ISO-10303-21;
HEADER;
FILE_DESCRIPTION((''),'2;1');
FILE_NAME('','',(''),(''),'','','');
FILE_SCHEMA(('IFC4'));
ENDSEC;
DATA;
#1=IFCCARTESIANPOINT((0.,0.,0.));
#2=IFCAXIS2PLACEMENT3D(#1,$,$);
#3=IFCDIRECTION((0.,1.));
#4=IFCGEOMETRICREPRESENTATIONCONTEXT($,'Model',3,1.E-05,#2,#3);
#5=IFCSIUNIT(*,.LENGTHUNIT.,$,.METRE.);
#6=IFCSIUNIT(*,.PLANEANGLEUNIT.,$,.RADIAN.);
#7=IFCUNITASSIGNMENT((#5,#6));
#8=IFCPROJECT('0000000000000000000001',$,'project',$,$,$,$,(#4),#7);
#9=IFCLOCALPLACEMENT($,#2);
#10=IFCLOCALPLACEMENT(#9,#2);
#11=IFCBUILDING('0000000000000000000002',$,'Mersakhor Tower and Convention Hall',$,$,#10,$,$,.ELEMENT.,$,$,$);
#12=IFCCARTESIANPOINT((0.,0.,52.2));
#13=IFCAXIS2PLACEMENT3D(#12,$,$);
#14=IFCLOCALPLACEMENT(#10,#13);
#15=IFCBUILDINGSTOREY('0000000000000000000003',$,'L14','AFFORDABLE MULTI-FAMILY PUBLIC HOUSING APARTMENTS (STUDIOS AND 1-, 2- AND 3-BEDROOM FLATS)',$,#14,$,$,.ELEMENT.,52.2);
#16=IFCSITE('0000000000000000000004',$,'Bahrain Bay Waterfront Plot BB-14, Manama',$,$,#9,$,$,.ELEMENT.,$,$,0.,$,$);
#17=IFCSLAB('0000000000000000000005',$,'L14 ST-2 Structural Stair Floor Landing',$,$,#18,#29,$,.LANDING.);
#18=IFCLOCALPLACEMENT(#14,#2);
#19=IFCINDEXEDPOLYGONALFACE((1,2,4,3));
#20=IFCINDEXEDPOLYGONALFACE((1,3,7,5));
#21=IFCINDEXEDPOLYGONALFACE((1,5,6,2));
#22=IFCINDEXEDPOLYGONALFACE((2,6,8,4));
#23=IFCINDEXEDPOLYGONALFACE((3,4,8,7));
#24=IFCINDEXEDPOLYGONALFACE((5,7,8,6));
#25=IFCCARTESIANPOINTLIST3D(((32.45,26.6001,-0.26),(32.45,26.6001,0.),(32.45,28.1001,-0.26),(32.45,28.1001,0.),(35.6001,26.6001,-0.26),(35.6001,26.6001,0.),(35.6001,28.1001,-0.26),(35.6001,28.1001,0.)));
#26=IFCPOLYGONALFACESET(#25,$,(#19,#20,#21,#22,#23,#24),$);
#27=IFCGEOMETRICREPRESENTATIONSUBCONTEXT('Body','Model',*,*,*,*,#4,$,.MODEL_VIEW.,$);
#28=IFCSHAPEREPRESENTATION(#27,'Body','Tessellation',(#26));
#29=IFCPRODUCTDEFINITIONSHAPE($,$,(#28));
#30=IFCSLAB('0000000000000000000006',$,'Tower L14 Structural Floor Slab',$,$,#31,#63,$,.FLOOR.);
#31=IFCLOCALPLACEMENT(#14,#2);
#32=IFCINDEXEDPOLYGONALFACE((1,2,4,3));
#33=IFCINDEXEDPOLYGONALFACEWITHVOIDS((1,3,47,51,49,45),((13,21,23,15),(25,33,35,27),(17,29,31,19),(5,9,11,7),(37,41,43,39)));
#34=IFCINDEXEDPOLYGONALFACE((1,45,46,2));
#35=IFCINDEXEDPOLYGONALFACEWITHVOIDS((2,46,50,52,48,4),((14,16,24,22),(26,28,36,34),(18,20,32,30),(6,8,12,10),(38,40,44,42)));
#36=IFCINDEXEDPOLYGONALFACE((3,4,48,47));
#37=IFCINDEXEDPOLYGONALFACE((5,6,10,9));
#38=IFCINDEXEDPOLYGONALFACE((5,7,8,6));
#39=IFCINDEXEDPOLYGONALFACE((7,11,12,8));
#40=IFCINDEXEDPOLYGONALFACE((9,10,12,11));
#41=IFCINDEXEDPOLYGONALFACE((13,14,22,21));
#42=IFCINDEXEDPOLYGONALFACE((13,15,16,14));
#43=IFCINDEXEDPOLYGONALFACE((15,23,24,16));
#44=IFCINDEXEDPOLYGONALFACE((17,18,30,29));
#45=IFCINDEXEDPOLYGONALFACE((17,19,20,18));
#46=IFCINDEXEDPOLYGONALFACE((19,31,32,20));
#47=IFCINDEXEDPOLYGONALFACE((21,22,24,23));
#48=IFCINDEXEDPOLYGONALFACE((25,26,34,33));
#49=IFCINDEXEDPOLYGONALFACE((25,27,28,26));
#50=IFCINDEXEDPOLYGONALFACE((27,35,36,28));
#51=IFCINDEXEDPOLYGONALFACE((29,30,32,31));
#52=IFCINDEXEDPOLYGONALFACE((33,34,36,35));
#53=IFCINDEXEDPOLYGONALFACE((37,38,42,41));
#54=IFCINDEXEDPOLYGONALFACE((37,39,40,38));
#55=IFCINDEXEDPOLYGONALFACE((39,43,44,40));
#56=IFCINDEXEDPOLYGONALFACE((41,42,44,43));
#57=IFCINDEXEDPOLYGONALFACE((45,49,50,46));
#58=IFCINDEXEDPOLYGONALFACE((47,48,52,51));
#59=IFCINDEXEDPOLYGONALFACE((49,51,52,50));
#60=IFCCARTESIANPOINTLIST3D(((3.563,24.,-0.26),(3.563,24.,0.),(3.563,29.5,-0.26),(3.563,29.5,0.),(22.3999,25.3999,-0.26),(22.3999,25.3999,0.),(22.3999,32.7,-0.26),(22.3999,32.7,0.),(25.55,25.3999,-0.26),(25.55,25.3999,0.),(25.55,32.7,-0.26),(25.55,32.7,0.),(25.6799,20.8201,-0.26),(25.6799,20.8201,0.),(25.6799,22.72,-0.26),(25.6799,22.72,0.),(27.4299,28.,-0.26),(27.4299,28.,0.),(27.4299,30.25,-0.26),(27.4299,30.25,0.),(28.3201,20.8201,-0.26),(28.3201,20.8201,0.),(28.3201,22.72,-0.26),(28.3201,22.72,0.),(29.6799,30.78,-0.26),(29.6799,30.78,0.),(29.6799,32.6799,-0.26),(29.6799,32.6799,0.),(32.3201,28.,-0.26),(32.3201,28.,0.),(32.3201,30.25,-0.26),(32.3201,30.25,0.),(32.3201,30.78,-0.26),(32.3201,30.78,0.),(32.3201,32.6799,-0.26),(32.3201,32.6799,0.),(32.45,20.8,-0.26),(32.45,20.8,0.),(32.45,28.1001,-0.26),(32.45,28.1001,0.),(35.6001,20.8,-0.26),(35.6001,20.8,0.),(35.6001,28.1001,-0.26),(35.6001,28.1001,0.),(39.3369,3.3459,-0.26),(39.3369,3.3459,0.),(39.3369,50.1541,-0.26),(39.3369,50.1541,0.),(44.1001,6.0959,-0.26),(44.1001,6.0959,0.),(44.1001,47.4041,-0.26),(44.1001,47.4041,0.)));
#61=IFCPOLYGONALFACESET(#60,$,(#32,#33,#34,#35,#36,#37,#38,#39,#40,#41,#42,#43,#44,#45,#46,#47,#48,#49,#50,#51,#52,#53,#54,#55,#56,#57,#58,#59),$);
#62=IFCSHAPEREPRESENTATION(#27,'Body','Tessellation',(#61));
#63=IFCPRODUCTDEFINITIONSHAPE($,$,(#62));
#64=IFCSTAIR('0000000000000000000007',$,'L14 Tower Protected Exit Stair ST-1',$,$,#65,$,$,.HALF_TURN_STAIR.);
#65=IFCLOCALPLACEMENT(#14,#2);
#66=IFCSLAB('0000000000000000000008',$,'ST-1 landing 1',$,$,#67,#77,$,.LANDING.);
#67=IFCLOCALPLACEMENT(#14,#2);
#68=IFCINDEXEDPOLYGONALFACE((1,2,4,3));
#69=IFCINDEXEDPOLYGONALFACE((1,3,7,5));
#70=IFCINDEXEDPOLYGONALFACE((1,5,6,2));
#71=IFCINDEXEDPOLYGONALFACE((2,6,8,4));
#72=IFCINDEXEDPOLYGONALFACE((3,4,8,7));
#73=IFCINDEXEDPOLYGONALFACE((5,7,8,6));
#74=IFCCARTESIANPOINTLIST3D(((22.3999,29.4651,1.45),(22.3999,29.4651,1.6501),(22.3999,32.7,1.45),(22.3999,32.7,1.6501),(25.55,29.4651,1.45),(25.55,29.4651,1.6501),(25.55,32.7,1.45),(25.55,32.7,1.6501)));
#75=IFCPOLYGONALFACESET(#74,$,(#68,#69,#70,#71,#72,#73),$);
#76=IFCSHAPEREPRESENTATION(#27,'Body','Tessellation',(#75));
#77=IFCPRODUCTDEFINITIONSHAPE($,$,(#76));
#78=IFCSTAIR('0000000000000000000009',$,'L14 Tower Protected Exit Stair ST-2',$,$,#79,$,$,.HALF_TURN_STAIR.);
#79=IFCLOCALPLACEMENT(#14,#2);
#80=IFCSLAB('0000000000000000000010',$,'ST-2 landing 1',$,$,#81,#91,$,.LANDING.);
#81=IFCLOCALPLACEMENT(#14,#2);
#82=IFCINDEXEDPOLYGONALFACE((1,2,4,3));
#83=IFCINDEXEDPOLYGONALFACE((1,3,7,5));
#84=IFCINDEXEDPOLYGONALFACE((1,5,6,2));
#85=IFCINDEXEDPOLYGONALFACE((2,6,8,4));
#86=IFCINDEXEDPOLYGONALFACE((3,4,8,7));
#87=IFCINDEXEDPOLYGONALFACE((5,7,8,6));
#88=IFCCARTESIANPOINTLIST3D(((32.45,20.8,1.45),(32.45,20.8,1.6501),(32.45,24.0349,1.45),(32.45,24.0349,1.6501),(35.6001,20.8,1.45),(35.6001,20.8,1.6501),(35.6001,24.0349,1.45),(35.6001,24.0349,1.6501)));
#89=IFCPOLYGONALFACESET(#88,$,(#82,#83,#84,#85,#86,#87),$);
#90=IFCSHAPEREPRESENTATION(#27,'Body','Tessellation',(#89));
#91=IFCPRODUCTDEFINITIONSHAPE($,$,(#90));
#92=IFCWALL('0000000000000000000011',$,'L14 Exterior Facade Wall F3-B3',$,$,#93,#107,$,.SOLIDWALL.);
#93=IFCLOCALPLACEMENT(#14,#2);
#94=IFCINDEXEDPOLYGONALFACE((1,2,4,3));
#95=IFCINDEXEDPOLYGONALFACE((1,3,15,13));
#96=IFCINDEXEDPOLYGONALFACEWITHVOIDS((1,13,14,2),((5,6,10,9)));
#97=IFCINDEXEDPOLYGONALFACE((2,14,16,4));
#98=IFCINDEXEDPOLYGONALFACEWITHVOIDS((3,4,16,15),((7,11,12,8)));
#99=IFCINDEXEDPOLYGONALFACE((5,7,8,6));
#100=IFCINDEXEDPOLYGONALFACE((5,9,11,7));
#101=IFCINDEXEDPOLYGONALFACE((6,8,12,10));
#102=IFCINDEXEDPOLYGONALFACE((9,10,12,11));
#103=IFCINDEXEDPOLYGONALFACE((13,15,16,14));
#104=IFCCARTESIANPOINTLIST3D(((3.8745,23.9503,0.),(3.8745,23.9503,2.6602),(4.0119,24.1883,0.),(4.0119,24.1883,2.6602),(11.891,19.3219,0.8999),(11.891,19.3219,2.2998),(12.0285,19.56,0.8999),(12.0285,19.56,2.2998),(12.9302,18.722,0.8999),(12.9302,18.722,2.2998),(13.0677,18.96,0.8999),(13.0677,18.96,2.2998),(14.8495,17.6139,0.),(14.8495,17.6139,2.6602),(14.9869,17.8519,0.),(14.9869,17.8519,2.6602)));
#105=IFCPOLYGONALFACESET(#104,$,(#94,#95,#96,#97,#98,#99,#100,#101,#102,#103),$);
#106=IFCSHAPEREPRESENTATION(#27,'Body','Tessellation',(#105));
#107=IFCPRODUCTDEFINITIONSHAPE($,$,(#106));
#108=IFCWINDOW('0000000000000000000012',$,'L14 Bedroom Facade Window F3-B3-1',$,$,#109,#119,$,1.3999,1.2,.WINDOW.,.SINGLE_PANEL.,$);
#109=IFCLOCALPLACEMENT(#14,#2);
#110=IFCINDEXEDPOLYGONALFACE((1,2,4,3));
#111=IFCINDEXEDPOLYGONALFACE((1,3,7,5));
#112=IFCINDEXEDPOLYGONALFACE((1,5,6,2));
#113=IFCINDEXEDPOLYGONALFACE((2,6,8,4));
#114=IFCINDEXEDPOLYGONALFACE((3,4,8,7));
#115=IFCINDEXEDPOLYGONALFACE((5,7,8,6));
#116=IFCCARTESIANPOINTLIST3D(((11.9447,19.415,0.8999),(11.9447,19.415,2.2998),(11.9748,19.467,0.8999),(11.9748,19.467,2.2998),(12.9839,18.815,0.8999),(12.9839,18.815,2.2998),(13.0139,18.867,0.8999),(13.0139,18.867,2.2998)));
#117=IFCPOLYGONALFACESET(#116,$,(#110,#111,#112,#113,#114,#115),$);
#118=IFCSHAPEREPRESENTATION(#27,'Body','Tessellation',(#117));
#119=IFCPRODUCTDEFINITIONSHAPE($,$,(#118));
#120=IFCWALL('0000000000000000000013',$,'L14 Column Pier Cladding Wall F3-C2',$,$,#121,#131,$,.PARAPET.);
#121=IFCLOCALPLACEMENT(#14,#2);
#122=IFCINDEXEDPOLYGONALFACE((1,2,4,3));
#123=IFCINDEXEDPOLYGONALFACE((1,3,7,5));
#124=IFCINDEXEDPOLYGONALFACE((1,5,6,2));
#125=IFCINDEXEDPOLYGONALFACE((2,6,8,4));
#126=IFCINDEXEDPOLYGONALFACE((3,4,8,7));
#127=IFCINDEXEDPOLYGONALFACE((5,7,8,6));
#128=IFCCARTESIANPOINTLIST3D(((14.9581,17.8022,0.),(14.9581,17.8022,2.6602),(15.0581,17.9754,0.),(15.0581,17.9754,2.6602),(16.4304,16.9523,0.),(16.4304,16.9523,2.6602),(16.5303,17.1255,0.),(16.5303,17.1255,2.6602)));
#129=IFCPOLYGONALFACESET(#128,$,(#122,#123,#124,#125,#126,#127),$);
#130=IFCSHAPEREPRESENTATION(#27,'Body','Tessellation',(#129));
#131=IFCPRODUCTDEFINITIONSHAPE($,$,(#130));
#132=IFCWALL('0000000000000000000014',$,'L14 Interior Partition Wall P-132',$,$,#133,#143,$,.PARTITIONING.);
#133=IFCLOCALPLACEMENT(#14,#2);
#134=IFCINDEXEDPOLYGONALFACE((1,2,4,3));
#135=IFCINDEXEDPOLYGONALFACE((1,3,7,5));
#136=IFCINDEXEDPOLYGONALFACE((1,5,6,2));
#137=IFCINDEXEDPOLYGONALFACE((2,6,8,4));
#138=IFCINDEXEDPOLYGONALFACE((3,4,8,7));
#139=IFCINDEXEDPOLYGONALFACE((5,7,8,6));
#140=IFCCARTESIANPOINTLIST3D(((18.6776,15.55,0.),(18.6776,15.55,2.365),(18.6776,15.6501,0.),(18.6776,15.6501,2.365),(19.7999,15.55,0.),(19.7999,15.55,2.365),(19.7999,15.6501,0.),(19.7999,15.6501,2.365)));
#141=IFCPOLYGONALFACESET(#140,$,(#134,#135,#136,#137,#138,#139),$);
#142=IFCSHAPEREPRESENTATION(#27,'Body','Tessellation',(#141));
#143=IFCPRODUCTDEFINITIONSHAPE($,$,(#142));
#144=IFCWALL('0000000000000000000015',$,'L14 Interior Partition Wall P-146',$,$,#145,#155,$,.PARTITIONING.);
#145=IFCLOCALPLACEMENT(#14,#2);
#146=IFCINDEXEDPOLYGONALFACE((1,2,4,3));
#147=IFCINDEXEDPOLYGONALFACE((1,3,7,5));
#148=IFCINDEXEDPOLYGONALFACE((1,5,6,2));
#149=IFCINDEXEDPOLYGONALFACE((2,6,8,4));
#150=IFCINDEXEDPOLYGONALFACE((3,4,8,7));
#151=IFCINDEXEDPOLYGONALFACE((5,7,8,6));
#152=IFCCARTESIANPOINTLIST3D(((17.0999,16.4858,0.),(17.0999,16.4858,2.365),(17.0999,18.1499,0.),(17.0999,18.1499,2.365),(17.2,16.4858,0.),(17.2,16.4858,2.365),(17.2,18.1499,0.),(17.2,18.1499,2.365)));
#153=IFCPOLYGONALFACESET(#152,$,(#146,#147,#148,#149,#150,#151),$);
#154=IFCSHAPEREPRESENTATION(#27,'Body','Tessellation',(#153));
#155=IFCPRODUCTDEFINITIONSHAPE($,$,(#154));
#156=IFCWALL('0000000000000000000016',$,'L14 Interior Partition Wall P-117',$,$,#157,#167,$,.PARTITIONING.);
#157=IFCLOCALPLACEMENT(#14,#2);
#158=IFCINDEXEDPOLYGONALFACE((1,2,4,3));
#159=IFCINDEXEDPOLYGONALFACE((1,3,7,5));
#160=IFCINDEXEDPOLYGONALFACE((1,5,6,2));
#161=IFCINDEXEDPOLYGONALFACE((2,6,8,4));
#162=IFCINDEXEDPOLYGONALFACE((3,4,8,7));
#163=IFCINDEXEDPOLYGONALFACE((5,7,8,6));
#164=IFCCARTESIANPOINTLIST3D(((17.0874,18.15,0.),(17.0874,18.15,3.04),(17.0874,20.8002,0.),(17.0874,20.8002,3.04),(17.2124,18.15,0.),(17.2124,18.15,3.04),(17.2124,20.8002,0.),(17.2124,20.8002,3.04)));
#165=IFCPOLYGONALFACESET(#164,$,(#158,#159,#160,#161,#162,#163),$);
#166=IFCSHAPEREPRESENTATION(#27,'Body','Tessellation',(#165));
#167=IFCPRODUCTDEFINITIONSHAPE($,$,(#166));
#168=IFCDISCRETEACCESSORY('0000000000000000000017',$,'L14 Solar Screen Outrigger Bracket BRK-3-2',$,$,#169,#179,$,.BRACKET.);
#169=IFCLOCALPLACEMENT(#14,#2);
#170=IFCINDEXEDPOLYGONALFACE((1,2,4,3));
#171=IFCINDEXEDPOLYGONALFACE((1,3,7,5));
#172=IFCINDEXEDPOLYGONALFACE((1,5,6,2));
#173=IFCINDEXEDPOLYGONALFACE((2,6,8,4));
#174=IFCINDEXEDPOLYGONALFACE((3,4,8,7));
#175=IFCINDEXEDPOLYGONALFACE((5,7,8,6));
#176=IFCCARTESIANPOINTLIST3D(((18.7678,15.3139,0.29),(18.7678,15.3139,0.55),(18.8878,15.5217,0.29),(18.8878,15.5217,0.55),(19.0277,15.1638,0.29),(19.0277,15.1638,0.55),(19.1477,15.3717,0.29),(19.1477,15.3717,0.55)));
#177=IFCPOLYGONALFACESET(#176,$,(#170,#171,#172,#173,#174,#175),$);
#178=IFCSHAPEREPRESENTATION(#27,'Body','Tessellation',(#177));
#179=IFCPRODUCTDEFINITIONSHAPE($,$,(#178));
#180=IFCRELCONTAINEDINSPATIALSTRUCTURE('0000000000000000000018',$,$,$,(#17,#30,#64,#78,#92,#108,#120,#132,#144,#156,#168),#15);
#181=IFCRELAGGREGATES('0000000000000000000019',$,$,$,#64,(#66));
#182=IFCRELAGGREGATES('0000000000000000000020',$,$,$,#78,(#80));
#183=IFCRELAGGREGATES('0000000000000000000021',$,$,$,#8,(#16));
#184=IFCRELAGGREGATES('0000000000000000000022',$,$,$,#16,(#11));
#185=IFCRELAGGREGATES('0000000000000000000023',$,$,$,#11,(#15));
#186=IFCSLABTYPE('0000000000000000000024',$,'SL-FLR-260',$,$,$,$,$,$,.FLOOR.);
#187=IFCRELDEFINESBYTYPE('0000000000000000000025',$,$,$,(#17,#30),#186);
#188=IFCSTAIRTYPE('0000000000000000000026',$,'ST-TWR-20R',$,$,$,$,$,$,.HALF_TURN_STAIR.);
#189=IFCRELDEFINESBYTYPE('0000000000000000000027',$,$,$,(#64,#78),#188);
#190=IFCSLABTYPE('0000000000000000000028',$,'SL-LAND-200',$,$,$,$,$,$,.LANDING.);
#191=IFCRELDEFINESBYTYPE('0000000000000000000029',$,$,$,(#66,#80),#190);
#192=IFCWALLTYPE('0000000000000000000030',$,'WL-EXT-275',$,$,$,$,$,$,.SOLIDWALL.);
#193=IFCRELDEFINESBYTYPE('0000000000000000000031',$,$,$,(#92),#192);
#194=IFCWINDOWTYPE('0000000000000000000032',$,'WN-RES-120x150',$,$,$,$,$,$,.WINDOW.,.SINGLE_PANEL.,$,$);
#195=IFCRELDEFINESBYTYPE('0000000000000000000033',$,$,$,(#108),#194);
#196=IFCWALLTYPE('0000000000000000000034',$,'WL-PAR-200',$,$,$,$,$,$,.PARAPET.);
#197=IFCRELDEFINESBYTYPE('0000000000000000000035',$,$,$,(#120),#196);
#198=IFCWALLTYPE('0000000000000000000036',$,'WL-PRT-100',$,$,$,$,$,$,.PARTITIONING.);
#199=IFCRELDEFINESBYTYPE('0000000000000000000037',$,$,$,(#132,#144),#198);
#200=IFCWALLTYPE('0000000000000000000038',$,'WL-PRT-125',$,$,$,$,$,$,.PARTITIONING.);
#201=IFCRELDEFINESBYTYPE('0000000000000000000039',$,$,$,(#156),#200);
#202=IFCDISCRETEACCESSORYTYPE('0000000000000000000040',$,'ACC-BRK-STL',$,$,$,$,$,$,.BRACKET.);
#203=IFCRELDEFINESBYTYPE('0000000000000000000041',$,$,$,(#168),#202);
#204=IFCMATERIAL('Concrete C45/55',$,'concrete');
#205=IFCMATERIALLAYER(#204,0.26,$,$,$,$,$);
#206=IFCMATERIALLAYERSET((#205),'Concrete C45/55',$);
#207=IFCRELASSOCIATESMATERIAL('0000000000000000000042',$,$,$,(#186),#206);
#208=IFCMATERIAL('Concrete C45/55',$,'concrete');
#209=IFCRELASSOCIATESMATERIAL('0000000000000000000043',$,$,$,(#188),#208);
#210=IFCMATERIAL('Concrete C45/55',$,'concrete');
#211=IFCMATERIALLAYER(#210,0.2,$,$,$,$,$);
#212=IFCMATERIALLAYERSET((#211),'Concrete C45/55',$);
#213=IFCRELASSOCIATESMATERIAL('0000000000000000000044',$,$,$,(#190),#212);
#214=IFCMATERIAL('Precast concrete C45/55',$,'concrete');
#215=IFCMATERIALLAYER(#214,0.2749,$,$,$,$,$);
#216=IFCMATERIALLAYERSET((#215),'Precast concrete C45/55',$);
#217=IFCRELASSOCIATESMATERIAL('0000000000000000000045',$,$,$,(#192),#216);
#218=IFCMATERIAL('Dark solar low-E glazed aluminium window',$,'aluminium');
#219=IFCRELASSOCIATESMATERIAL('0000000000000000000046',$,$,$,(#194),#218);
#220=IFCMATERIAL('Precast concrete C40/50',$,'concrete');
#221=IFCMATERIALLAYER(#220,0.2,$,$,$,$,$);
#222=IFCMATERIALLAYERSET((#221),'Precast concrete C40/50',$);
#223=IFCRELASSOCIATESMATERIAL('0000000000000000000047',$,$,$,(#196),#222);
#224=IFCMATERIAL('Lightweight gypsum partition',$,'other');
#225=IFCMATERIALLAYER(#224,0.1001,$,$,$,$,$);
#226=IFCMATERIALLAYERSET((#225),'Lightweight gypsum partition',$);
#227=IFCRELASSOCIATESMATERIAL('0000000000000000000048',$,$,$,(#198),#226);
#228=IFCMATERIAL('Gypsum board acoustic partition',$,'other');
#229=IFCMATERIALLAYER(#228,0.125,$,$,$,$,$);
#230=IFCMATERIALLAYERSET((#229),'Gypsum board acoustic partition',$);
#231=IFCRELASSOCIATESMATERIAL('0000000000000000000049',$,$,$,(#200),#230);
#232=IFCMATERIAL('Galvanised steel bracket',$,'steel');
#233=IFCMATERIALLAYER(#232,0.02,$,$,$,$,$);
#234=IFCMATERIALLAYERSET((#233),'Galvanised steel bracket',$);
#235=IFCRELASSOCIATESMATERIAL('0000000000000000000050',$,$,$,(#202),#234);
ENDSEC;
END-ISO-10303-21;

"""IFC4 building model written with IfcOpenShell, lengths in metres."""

from ifc_helpers import new_model, si_unit, direction, frame, frame_2d, origin, origin_2d, place, context, subcontext, project, spatial, polyline, rectangle, outline, extrude, material, layer, layer_set, type_object, element, fill, aggregate, save


model = new_model("IFC4")

# Units and contexts
model_context = context("Model", 3, precision=1e-05, world=origin(), true_north=direction((0.0, 1.0)))
body_context = subcontext(model_context, "Body", "Model", "MODEL_VIEW")
ifc_project = project(units=[si_unit("LENGTHUNIT", "METRE"), si_unit("PLANEANGLEUNIT", "RADIAN")], contexts=[model_context])

# Site, building, storey
site_placement = place(None, origin())
site = spatial("IfcSite", under=ifc_project, at=site_placement, Name="Bahrain Bay Waterfront Plot BB-14, Manama", CompositionType="ELEMENT", RefElevation=0.0)
building_placement = place(site_placement, origin())
building = spatial("IfcBuilding", under=site, at=building_placement, Name="Mersakhor Tower and Convention Hall", CompositionType="ELEMENT")
storey_placement = place(building_placement, frame((0.0, 0.0, 52.2)))
storey = spatial("IfcBuildingStorey", under=building, at=storey_placement, Name="L14", Description="AFFORDABLE MULTI-FAMILY PUBLIC HOUSING APARTMENTS (STUDIOS AND 1-, 2- AND 3-BEDROOM FLATS)", CompositionType="ELEMENT", Elevation=52.2)

# Slabs
ifc_material_1 = material(Name="Concrete C45/55", Category="concrete")
ifc_layer_1 = layer(ifc_material_1, 0.26)
ifc_layer_set_1 = layer_set([ifc_layer_1], Name="Concrete C45/55")
slab_type_1 = type_object("IfcSlabType", Name="SL-FLR-260", PredefinedType="FLOOR", material=ifc_layer_set_1)
slab_1_placement = place(storey_placement, frame((0.0, 0.0, -0.26)))
element("IfcSlab", 1, at=slab_1_placement, inside=storey, type_object=slab_type_1, Name="L14 ST-2 Structural Stair Floor Landing", PredefinedType="LANDING", context=body_context, shape_type="SweptSolid", body=[
    extrude(outline(polyline([(32.45, 28.1001), (32.45, 26.6001), (35.6001, 26.6001), (35.6001, 28.1001), (32.45, 28.1001)])), origin(), (0.0, 0.0, 1.0), 0.26),
])
slab_2_placement = place(storey_placement, frame((0.0, 0.0, -0.26)))
element("IfcSlab", 2, at=slab_2_placement, inside=storey, type_object=slab_type_1, Name="Tower L14 Structural Floor Slab", PredefinedType="FLOOR", context=body_context, shape_type="SweptSolid", body=[
    extrude(outline(polyline([(3.563, 29.5), (39.3369, 50.1541), (44.1001, 47.4041), (44.1001, 6.0959), (39.3369, 3.3459), (3.563, 24.0), (3.563, 29.5)]), holes=[polyline([(25.55, 25.3999), (25.55, 32.7), (22.3999, 32.7), (22.3999, 25.3999), (25.55, 25.3999)]), polyline([(32.45, 28.1001), (32.45, 20.8), (35.6001, 20.8), (35.6001, 28.1001), (32.45, 28.1001)]), polyline([(25.6799, 20.8201), (25.6799, 22.72), (28.3201, 22.72), (28.3201, 20.8201), (25.6799, 20.8201)]), polyline([(29.6799, 30.78), (29.6799, 32.6799), (32.3201, 32.6799), (32.3201, 30.78), (29.6799, 30.78)]), polyline([(27.4299, 28.0), (27.4299, 30.25), (32.3201, 30.25), (32.3201, 28.0), (27.4299, 28.0)])]), origin(), (0.0, 0.0, 1.0), 0.26),
])

# Stairs, slabs
ifc_material_2 = material(Name="Concrete C45/55", Category="concrete")
stair_type = type_object("IfcStairType", Name="ST-TWR-20R", PredefinedType="HALF_TURN_STAIR", material=ifc_material_2)
stair_1_placement = place(storey_placement, origin())
stair_1 = element("IfcStair", 3, at=stair_1_placement, inside=storey, type_object=stair_type, Name="L14 Tower Protected Exit Stair ST-1", PredefinedType="HALF_TURN_STAIR")
ifc_material_3 = material(Name="Concrete C45/55", Category="concrete")
ifc_layer_2 = layer(ifc_material_3, 0.2)
ifc_layer_set_2 = layer_set([ifc_layer_2], Name="Concrete C45/55")
slab_type_2 = type_object("IfcSlabType", Name="SL-LAND-200", PredefinedType="LANDING", material=ifc_layer_set_2)
slab_3_placement = place(storey_placement, frame((0.0, 0.0, 1.45)))
slab_3 = element("IfcSlab", 4, at=slab_3_placement, type_object=slab_type_2, Name="ST-1 landing 1", PredefinedType="LANDING", context=body_context, shape_type="SweptSolid", body=[
    extrude(outline(polyline([(25.55, 29.4651), (25.55, 32.7), (22.3999, 32.7), (22.3999, 29.4651), (25.55, 29.4651)])), origin(), (0.0, 0.0, 1.0), 0.2002),
])
aggregate(stair_1, [slab_3])
stair_2_placement = place(storey_placement, origin())
stair_2 = element("IfcStair", 5, at=stair_2_placement, inside=storey, type_object=stair_type, Name="L14 Tower Protected Exit Stair ST-2", PredefinedType="HALF_TURN_STAIR")
slab_4_placement = place(storey_placement, frame((0.0, 0.0, 1.45)))
slab_4 = element("IfcSlab", 6, at=slab_4_placement, type_object=slab_type_2, Name="ST-2 landing 1", PredefinedType="LANDING", context=body_context, shape_type="SweptSolid", body=[
    extrude(outline(polyline([(32.45, 24.0349), (32.45, 20.8), (35.6001, 20.8), (35.6001, 24.0349), (32.45, 24.0349)])), origin(), (0.0, 0.0, 1.0), 0.2002),
])
aggregate(stair_2, [slab_4])

# Wall, opening, window
ifc_material_4 = material(Name="Precast concrete C45/55", Category="concrete")
ifc_layer_3 = layer(ifc_material_4, 0.2749)
ifc_layer_set_3 = layer_set([ifc_layer_3], Name="Precast concrete C45/55")
wall_type_1 = type_object("IfcWallType", Name="WL-EXT-275", PredefinedType="SOLIDWALL", material=ifc_layer_set_3)
wall_1_placement = place(storey_placement, frame((14.9182, 17.7329, 0.0), z_axis=(0.0, 0.0, 1.0), x_axis=(-0.866027, 0.499997, 0.0)))
wall_1 = element("IfcWall", 7, at=wall_1_placement, inside=storey, type_object=wall_type_1, Name="L14 Exterior Facade Wall F3-B3", PredefinedType="SOLIDWALL", context=body_context, shape_type="SweptSolid", body=[
    extrude(rectangle(XDim=12.6729, YDim=0.2749, at=frame_2d((6.3364, 0.0))), origin(), (0.0, 0.0, 1.0), 2.6602),
])
opening_placement = place(wall_1_placement, frame((2.2161, 0.0, 0.8999)))
opening = element("IfcOpeningElement", 8, at=opening_placement, cuts=wall_1, PredefinedType="OPENING", context=body_context, shape_type="SweptSolid", body=[
    extrude(rectangle(XDim=1.2, YDim=1.3999, at=frame_2d((0.6001, 0.7))), frame((0.0, 0.1475, 0.0), z_axis=(0.0, -1.0, 0.0), x_axis=(1.0, 0.0, 0.0)), (0.0, 0.0, 1.0), 0.2949),
])
ifc_material_5 = material(Name="Dark solar low-E glazed aluminium window", Category="aluminium")
window_type = type_object("IfcWindowType", Name="WN-RES-120x150", PartitioningType="SINGLE_PANEL", PredefinedType="WINDOW", material=ifc_material_5)
window_placement = place(opening_placement, origin())
window = element("IfcWindow", 9, at=window_placement, inside=storey, type_object=window_type, Name="L14 Bedroom Facade Window F3-B3-1", OverallHeight=1.3999, OverallWidth=1.2, PartitioningType="SINGLE_PANEL", PredefinedType="WINDOW", context=body_context, shape_type="SweptSolid", body=[
    extrude(rectangle(XDim=1.2, YDim=1.3999, at=frame_2d((0.6001, 0.7))), frame((0.0, 0.03, 0.0), z_axis=(0.0, -1.0, 0.0), x_axis=(1.0, 0.0, 0.0)), (0.0, 0.0, 1.0), 0.0601),
])
fill(opening, window)

# Walls
ifc_material_6 = material(Name="Precast concrete C40/50", Category="concrete")
ifc_layer_4 = layer(ifc_material_6, 0.2)
ifc_layer_set_4 = layer_set([ifc_layer_4], Name="Precast concrete C40/50")
wall_type_2 = type_object("IfcWallType", Name="WL-PAR-200", PredefinedType="PARAPET", material=ifc_layer_set_4)
wall_2_placement = place(storey_placement, frame((16.4805, 17.0388, 0.0), z_axis=(0.0, 0.0, 1.0), x_axis=(-0.866052, 0.499955, 0.0)))
element("IfcWall", 10, at=wall_2_placement, inside=storey, type_object=wall_type_2, Name="L14 Column Pier Cladding Wall F3-C2", PredefinedType="PARAPET", context=body_context, shape_type="SweptSolid", body=[
    extrude(rectangle(XDim=1.7, YDim=0.2, at=frame_2d((0.8501, 0.0))), origin(), (0.0, 0.0, 1.0), 2.6602),
])
ifc_material_7 = material(Name="Lightweight gypsum partition", Category="other")
ifc_layer_5 = layer(ifc_material_7, 0.1001)
ifc_layer_set_5 = layer_set([ifc_layer_5], Name="Lightweight gypsum partition")
wall_type_3 = type_object("IfcWallType", Name="WL-PRT-100", PredefinedType="PARTITIONING", material=ifc_layer_set_5)
wall_3_placement = place(storey_placement, frame((18.6777, 15.6001, 0.0), z_axis=(0.0, 0.0, 1.0), x_axis=(1.0, 0.0, 0.0)))
element("IfcWall", 11, at=wall_3_placement, inside=storey, type_object=wall_type_3, Name="L14 Interior Partition Wall P-132", PredefinedType="PARTITIONING", context=body_context, shape_type="SweptSolid", body=[
    extrude(rectangle(XDim=1.1223, YDim=0.1001, at=frame_2d((0.561, 0.0))), origin(), (0.0, 0.0, 1.0), 2.365),
])
wall_4_placement = place(storey_placement, frame((17.1499, 18.1499, 0.0), z_axis=(0.0, 0.0, 1.0), x_axis=(0.0, -1.0, 0.0)))
element("IfcWall", 12, at=wall_4_placement, inside=storey, type_object=wall_type_3, Name="L14 Interior Partition Wall P-146", PredefinedType="PARTITIONING", context=body_context, shape_type="SweptSolid", body=[
    extrude(rectangle(XDim=1.6641, YDim=0.1001, at=frame_2d((0.832, 0.0))), origin(), (0.0, 0.0, 1.0), 2.365),
])
ifc_material_8 = material(Name="Gypsum board acoustic partition", Category="other")
ifc_layer_6 = layer(ifc_material_8, 0.125)
ifc_layer_set_6 = layer_set([ifc_layer_6], Name="Gypsum board acoustic partition")
wall_type_4 = type_object("IfcWallType", Name="WL-PRT-125", PredefinedType="PARTITIONING", material=ifc_layer_set_6)
wall_5_placement = place(storey_placement, frame((17.1499, 18.1499, 0.0), z_axis=(0.0, 0.0, 1.0), x_axis=(0.0, 1.0, 0.0)))
element("IfcWall", 13, at=wall_5_placement, inside=storey, type_object=wall_type_4, Name="L14 Interior Partition Wall P-117", PredefinedType="PARTITIONING", context=body_context, shape_type="SweptSolid", body=[
    extrude(rectangle(XDim=2.6501, YDim=0.125, at=frame_2d((1.3252, 0.0))), origin(), (0.0, 0.0, 1.0), 3.04),
])

# Discrete accessory
ifc_material_9 = material(Name="Galvanised steel bracket", Category="steel")
ifc_layer_7 = layer(ifc_material_9, 0.02)
ifc_layer_set_7 = layer_set([ifc_layer_7], Name="Galvanised steel bracket")
discrete_accessory_type = type_object("IfcDiscreteAccessoryType", Name="ACC-BRK-STL", PredefinedType="BRACKET", material=ifc_layer_set_7)
discrete_accessory_1_placement = place(storey_placement, frame((18.9578, 15.3428, 0.29), z_axis=(0.0, 0.0, 1.0), x_axis=(-0.866025, 0.5, 0.0)))
element("IfcDiscreteAccessory", 14, at=discrete_accessory_1_placement, inside=storey, type_object=discrete_accessory_type, Name="L14 Solar Screen Outrigger Bracket BRK-3-2", PredefinedType="BRACKET", context=body_context, shape_type="SweptSolid", body=[
    extrude(rectangle(XDim=0.3, YDim=0.24, at=origin_2d()), origin(), (0.0, 0.0, 1.0), 0.26),
])

save(model, "model.ifc")
